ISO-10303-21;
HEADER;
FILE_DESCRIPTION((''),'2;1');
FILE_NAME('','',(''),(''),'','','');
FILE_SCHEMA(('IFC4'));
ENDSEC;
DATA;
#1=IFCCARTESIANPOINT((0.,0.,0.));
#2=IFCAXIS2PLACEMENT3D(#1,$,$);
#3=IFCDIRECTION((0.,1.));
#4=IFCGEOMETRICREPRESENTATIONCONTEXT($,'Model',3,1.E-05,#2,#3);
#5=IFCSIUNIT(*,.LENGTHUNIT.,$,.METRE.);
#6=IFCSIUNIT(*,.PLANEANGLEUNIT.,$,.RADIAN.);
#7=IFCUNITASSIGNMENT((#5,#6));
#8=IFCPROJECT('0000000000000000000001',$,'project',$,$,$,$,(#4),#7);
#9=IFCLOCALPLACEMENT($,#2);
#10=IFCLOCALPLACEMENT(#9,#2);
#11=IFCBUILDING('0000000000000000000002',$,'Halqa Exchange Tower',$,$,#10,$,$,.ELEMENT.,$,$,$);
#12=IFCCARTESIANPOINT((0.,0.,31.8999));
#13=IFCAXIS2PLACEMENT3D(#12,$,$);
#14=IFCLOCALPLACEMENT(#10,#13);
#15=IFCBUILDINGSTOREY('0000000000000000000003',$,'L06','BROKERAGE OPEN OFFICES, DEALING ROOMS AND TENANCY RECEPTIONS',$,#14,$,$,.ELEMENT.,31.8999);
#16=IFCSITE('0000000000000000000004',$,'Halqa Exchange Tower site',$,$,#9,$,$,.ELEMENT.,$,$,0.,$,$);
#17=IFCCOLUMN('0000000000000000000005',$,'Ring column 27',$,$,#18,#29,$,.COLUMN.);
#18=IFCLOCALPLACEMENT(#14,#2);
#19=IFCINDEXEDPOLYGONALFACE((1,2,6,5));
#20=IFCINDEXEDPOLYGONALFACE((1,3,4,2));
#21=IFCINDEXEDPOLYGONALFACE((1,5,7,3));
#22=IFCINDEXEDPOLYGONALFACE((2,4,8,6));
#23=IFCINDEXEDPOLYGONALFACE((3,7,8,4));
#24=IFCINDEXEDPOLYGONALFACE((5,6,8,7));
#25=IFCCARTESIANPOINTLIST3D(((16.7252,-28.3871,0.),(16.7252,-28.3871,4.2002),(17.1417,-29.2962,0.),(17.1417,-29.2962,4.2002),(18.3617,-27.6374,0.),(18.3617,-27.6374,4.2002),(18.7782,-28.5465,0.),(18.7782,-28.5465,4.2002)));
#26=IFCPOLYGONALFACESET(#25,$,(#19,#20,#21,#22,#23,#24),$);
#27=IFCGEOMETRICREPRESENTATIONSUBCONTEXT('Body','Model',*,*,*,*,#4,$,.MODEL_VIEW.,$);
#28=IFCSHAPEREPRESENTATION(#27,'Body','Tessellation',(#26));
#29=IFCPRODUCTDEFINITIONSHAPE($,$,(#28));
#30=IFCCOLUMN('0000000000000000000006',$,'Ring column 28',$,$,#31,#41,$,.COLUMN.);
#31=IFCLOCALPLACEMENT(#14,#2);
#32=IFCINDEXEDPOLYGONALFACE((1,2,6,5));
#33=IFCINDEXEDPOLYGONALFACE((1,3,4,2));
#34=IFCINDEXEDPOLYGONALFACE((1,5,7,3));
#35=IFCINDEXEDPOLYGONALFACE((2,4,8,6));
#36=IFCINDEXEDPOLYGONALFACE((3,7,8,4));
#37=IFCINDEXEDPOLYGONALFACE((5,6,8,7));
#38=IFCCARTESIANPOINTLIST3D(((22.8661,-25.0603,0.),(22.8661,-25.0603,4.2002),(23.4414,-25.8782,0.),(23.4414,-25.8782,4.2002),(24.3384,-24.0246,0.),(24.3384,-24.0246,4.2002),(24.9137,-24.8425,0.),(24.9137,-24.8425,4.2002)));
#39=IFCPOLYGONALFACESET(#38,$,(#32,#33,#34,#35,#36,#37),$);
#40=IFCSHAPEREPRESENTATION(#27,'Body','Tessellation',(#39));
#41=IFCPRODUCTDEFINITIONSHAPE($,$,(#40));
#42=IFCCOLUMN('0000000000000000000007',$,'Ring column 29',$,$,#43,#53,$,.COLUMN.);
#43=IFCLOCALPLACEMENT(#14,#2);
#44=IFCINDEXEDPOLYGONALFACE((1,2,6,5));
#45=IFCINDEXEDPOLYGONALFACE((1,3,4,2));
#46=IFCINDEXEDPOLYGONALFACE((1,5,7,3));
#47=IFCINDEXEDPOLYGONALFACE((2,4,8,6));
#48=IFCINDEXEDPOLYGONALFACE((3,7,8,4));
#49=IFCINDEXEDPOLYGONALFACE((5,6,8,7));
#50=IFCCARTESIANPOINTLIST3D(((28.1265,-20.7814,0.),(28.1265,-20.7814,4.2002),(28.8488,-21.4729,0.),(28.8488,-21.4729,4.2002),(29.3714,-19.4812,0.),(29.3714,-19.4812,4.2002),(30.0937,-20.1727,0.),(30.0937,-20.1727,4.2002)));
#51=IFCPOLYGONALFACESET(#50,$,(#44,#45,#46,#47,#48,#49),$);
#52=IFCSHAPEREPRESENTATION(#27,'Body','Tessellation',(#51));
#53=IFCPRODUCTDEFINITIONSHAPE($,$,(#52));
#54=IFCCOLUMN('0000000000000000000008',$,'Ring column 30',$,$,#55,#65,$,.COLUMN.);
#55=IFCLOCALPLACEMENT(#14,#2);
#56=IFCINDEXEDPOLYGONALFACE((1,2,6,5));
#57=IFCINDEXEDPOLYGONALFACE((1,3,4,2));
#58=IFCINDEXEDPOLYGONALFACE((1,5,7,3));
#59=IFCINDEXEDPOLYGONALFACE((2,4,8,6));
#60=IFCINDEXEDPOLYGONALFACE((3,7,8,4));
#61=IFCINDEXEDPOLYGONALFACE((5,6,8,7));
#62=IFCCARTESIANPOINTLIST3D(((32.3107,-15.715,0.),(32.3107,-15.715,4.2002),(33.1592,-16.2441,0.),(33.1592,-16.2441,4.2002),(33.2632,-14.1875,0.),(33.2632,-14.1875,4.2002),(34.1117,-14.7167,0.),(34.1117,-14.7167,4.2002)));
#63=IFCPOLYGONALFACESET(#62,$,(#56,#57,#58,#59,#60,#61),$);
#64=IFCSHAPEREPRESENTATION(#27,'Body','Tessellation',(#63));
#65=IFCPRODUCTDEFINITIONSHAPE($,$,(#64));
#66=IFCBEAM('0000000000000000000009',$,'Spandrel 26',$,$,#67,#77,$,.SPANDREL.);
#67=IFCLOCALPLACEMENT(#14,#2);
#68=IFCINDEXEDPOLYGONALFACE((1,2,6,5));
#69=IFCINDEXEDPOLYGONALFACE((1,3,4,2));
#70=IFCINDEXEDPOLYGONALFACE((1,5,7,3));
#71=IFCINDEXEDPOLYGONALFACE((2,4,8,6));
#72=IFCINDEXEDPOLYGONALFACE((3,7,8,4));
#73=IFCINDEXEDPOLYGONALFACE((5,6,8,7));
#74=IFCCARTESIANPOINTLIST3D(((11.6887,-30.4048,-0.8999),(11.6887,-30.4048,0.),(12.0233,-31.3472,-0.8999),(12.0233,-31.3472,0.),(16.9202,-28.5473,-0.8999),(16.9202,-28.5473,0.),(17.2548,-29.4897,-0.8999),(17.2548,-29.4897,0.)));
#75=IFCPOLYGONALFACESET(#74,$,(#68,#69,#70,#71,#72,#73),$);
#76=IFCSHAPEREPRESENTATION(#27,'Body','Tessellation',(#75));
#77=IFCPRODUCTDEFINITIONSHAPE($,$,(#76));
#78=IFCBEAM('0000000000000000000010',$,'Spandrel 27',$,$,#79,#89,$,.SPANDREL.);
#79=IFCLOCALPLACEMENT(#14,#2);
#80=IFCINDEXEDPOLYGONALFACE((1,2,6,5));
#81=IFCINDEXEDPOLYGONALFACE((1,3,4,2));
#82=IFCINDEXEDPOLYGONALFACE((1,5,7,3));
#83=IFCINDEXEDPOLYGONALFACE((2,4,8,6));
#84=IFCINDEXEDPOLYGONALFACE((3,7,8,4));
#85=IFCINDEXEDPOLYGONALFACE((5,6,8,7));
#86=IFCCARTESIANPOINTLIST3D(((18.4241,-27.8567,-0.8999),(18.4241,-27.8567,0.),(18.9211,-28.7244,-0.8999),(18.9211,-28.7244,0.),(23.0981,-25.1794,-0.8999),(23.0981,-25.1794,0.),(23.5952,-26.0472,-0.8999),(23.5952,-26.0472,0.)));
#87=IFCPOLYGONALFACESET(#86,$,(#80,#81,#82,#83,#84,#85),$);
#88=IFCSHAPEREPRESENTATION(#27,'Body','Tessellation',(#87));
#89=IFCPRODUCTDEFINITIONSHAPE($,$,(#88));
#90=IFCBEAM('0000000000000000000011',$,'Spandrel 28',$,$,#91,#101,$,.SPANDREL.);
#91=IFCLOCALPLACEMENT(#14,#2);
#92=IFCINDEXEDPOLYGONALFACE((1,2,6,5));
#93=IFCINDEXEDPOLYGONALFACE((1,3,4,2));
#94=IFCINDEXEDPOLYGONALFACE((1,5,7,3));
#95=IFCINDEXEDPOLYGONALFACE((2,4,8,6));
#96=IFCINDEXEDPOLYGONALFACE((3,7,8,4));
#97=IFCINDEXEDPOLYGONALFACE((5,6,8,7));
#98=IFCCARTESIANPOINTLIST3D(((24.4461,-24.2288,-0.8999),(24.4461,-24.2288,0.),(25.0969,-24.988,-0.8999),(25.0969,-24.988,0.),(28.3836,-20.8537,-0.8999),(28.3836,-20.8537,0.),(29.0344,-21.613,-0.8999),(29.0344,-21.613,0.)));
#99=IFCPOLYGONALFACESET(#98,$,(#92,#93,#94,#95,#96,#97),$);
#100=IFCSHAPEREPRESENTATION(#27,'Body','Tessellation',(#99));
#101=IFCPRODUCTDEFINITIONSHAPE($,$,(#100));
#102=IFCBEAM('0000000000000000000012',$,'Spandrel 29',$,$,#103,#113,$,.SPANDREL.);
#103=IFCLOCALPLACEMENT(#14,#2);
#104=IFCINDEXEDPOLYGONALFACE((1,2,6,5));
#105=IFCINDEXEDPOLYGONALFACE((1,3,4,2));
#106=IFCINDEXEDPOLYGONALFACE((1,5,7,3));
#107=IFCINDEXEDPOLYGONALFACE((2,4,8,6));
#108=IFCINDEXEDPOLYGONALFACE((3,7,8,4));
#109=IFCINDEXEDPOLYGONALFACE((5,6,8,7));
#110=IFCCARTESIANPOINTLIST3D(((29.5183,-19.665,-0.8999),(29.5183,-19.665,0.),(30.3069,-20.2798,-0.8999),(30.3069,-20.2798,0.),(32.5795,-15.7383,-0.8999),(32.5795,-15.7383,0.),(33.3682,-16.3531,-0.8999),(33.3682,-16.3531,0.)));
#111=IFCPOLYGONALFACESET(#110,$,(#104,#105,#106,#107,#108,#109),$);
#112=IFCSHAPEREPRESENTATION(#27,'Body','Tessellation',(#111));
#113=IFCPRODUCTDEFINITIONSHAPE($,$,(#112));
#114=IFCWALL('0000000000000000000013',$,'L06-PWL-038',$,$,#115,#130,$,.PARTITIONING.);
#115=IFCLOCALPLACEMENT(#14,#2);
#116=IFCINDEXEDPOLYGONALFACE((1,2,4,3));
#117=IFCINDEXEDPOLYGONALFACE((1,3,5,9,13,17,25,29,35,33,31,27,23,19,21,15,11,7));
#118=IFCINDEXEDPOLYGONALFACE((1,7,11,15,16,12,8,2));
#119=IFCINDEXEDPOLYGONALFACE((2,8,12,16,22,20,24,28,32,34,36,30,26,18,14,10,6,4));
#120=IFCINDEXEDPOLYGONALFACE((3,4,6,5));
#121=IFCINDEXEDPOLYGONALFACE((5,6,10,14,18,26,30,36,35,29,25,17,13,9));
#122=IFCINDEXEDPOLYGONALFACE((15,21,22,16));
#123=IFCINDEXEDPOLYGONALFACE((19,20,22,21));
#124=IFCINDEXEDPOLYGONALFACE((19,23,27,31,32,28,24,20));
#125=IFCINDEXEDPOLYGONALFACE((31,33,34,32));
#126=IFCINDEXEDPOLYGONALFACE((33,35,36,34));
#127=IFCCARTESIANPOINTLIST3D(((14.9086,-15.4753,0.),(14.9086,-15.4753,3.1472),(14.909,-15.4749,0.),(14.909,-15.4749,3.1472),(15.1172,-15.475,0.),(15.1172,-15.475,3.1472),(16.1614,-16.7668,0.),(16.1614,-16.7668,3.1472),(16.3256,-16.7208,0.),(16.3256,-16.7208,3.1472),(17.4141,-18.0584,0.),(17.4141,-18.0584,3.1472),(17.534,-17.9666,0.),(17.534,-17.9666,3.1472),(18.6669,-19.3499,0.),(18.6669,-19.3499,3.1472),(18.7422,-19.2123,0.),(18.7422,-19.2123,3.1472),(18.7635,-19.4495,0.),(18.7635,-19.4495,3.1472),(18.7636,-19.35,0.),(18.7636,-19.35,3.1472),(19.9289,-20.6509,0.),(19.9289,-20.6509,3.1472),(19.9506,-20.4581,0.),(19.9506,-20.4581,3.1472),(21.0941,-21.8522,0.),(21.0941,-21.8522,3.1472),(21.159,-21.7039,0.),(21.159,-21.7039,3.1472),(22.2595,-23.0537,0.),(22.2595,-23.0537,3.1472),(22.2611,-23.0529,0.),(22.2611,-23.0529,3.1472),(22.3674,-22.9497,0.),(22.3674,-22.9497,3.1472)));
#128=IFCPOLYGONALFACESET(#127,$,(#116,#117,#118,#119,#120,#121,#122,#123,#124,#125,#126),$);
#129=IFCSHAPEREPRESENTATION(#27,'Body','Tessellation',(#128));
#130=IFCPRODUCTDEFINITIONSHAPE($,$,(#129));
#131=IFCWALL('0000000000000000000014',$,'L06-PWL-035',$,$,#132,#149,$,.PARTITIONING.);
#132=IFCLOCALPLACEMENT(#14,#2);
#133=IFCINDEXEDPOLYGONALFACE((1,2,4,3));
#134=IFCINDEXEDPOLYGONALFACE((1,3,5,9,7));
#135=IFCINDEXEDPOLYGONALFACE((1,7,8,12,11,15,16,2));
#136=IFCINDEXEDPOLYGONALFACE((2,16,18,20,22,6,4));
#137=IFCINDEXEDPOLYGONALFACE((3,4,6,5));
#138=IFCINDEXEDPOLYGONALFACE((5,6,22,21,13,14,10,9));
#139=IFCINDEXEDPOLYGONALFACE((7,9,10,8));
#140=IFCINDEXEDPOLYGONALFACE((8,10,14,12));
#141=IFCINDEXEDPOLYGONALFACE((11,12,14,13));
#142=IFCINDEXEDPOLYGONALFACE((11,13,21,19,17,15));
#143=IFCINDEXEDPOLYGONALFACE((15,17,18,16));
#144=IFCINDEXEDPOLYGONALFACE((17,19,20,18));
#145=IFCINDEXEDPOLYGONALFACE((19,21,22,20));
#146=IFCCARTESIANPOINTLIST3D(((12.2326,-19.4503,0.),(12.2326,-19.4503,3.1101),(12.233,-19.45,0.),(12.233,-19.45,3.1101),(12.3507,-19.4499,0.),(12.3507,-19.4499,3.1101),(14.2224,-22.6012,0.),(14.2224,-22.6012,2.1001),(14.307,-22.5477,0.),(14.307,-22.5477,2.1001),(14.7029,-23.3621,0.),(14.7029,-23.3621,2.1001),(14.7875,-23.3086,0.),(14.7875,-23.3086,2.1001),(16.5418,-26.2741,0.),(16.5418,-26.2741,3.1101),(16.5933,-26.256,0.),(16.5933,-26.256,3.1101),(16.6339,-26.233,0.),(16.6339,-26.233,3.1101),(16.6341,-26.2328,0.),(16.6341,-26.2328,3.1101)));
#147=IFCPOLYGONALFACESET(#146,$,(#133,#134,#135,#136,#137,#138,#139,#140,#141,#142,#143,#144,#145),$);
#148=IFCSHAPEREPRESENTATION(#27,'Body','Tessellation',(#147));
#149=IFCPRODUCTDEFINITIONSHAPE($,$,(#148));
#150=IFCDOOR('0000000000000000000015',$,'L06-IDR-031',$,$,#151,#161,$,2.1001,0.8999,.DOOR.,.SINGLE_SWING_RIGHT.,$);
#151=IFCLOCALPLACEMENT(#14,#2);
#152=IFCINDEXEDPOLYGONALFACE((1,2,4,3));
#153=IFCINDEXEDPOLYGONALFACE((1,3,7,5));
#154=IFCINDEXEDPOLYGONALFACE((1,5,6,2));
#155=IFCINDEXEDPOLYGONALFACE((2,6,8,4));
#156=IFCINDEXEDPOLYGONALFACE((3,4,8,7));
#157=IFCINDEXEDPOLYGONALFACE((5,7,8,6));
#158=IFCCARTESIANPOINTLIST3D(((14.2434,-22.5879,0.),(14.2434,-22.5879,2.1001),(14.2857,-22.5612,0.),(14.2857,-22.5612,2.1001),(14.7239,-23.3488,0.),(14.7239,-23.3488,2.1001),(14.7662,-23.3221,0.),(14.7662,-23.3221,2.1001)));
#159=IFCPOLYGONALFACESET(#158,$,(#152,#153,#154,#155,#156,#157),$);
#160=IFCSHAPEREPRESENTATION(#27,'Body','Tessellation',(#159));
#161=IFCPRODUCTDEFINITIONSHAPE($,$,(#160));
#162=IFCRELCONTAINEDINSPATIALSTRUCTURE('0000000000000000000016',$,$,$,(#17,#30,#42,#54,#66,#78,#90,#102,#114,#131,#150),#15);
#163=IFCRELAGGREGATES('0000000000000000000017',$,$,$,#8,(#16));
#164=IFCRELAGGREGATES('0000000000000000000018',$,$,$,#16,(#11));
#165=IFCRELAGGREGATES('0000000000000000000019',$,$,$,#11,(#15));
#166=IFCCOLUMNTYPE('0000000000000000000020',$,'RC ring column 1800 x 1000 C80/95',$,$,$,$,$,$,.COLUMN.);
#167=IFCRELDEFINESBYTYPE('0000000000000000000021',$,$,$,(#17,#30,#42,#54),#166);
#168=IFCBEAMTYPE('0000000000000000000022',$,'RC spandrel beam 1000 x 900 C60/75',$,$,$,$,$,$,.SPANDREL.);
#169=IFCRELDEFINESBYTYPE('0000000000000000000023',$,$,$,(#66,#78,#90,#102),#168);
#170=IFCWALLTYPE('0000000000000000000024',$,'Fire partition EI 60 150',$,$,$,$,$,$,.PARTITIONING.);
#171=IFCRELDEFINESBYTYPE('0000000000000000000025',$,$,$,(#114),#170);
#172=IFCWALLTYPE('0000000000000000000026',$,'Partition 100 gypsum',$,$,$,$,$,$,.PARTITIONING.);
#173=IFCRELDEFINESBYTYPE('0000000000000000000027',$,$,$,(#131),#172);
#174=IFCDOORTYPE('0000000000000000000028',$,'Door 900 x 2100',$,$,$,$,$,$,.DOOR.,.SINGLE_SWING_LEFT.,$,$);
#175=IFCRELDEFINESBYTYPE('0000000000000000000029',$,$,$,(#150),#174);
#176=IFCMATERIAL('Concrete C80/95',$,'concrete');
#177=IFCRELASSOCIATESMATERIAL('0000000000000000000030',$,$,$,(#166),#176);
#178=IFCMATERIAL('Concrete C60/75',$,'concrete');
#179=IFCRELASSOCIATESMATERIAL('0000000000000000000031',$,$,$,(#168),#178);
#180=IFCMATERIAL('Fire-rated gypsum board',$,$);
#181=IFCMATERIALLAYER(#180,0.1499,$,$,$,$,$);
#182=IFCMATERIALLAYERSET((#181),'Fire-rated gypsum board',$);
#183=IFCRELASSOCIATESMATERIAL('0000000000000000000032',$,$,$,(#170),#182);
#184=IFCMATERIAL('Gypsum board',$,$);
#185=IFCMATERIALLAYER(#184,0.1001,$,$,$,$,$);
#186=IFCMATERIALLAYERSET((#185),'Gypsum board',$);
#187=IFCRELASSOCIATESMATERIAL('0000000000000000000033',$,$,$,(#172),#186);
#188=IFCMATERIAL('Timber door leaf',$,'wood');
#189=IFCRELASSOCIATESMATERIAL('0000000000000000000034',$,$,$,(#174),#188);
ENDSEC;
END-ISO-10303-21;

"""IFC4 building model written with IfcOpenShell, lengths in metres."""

from ifc_helpers import new_model, si_unit, direction, frame, frame_2d, origin, origin_2d, place, context, subcontext, project, spatial, polyline, rectangle, outline, extrude, material, layer, layer_set, material_profile, profile_set, type_object, element, fill, save


model = new_model("IFC4")

# Units and contexts
model_context = context("Model", 3, precision=1e-05, world=origin(), true_north=direction((0.0, 1.0)))
body_context = subcontext(model_context, "Body", "Model", "MODEL_VIEW")
ifc_project = project(units=[si_unit("LENGTHUNIT", "METRE"), si_unit("PLANEANGLEUNIT", "RADIAN")], contexts=[model_context])

# Site, building, storey
site_placement = place(None, origin())
site = spatial("IfcSite", under=ifc_project, at=site_placement, Name="Halqa Exchange Tower site", CompositionType="ELEMENT", RefElevation=0.0)
building_placement = place(site_placement, origin())
building = spatial("IfcBuilding", under=site, at=building_placement, Name="Halqa Exchange Tower", CompositionType="ELEMENT")
storey_placement = place(building_placement, frame((0.0, 0.0, 31.8999)))
storey = spatial("IfcBuildingStorey", under=building, at=storey_placement, Name="L06", Description="BROKERAGE OPEN OFFICES, DEALING ROOMS AND TENANCY RECEPTIONS", CompositionType="ELEMENT", Elevation=31.8999)

# Columns
ifc_material_1 = material(Name="Concrete C80/95", Category="concrete")
ifc_material_profile_1 = material_profile(ifc_material_1, rectangle(XDim=1.8, YDim=1.0, at=origin_2d()), Name="1800 x 1000")
ifc_profile_set_1 = profile_set([ifc_material_profile_1], Name="Concrete C80/95")
column_type = type_object("IfcColumnType", Name="RC ring column 1800 x 1000 C80/95", PredefinedType="COLUMN", material=ifc_profile_set_1)
for number, where, z_axis, x_axis, name in (
    (1, (17.7517, -28.4668, 0.0), (0.0, 0.0, 1.0), (0.909128, 0.416517, 0.0), "Ring column 27"),
    (2, (23.8899, -24.9514, 0.0), (0.0, 0.0, 1.0), (0.817912, 0.575344, 0.0), "Ring column 28"),
    (3, (29.1101, -20.4771, 0.0), (0.0, 0.0, 1.0), (0.691575, 0.722305, 0.0), "Ring column 29"),
    (4, (33.2112, -15.2158, 0.0), (0.0, 0.0, 1.0), (0.529142, 0.848533, 0.0), "Ring column 30"),
):
    element("IfcColumn", number, at=place(storey_placement, frame(where, z_axis=z_axis, x_axis=x_axis)), inside=storey, type_object=column_type, Name=name, PredefinedType="COLUMN", context=body_context, shape_type="SweptSolid", body=[
        extrude(rectangle(XDim=1.8, YDim=1.0, at=origin_2d()), origin(), (0.0, 0.0, 1.0), 4.2002),
    ])

# Beams
ifc_material_2 = material(Name="Concrete C60/75", Category="concrete")
ifc_material_profile_2 = material_profile(ifc_material_2, rectangle(XDim=1.0, YDim=0.8999, at=origin_2d()), Name="1000 x 900")
ifc_profile_set_2 = profile_set([ifc_material_profile_2], Name="Concrete C60/75")
beam_type = type_object("IfcBeamType", Name="RC spandrel beam 1000 x 900 C60/75", PredefinedType="SPANDREL", material=ifc_profile_set_2)
beam_1_placement = place(storey_placement, frame((11.856, -30.876, -0.45), z_axis=(0.942365, 0.334586, 0.0), x_axis=(-0.334586, 0.942365, 0.0)))
element("IfcBeam", 5, at=beam_1_placement, inside=storey, type_object=beam_type, Name="Spandrel 26", PredefinedType="SPANDREL", context=body_context, shape_type="SweptSolid", body=[
    extrude(rectangle(XDim=1.0, YDim=0.8999, at=origin_2d()), origin(), (0.0, 0.0, 1.0), 5.5515),
])
beam_2_placement = place(storey_placement, frame((18.6726, -28.2905, -0.45), z_axis=(0.867735, 0.497027, 0.0), x_axis=(-0.497027, 0.867735, 0.0)))
element("IfcBeam", 6, at=beam_2_placement, inside=storey, type_object=beam_type, Name="Spandrel 27", PredefinedType="SPANDREL", context=body_context, shape_type="SweptSolid", body=[
    extrude(rectangle(XDim=1.0, YDim=0.8999, at=origin_2d()), origin(), (0.0, 0.0, 1.0), 5.3865),
])
beam_3_placement = place(storey_placement, frame((24.7715, -24.6084, -0.45), z_axis=(0.759257, 0.650791, 0.0), x_axis=(-0.650791, 0.759257, 0.0)))
element("IfcBeam", 7, at=beam_3_placement, inside=storey, type_object=beam_type, Name="Spandrel 28", PredefinedType="SPANDREL", context=body_context, shape_type="SweptSolid", body=[
    extrude(rectangle(XDim=1.0, YDim=0.8999, at=origin_2d()), origin(), (0.0, 0.0, 1.0), 5.186),
])
beam_4_placement = place(storey_placement, frame((29.9126, -19.9724, -0.45), z_axis=(0.614833, 0.788657, 0.0), x_axis=(-0.788657, 0.614833, 0.0)))
element("IfcBeam", 8, at=beam_4_placement, inside=storey, type_object=beam_type, Name="Spandrel 29", PredefinedType="SPANDREL", context=body_context, shape_type="SweptSolid", body=[
    extrude(rectangle(XDim=1.0, YDim=0.8999, at=origin_2d()), origin(), (0.0, 0.0, 1.0), 4.979),
])

# Wall
ifc_material_3 = material(Name="Fire-rated gypsum board")
ifc_layer_1 = layer(ifc_material_3, 0.1499)
ifc_layer_set_1 = layer_set([ifc_layer_1], Name="Fire-rated gypsum board")
wall_type_1 = type_object("IfcWallType", Name="Fire partition EI 60 150", PredefinedType="PARTITIONING", material=ifc_layer_set_1)
wall_1_placement = place(storey_placement, frame((14.9624, -15.4231, 0.0), z_axis=(0.0, 0.0, 1.0), x_axis=(0.696249, -0.7178, 0.0)))
element("IfcWall", 9, at=wall_1_placement, inside=storey, type_object=wall_type_1, Name="L06-PWL-038", PredefinedType="PARTITIONING", context=body_context, shape_type="SweptSolid", body=[
    extrude(outline(polyline([(0.0, -0.075), (1.7993, -0.075), (3.5986, -0.075), (5.3979, -0.075), (5.4653, -0.0056), (5.5366, -0.075), (7.2104, -0.075), (8.884, -0.075), (10.5579, -0.075), (10.5583, -0.0732), (10.5583, 0.075), (8.8228, 0.075), (7.0872, 0.075), (5.3516, 0.075), (3.6162, 0.075), (1.8806, 0.075), (0.145, 0.075), (0.0, -0.0745), (0.0, -0.075)])), origin(), (0.0, 0.0, 1.0), 3.1472),
])

# Wall, opening, door
ifc_material_4 = material(Name="Gypsum board")
ifc_layer_2 = layer(ifc_material_4, 0.1001)
ifc_layer_set_2 = layer_set([ifc_layer_2], Name="Gypsum board")
wall_type_2 = type_object("IfcWallType", Name="Partition 100 gypsum", PredefinedType="PARTITIONING", material=ifc_layer_set_2)
wall_2_placement = place(storey_placement, frame((12.2749, -19.4236, 0.0), z_axis=(0.0, 0.0, 1.0), x_axis=(0.533945, -0.845519, 0.0)))
wall_2 = element("IfcWall", 10, at=wall_2_placement, inside=storey, type_object=wall_type_2, Name="L06-PWL-035", PredefinedType="PARTITIONING", context=body_context, shape_type="SweptSolid", body=[
    extrude(outline(polyline([(0.0, -0.05), (1.614, -0.05), (3.2283, -0.05), (4.8423, -0.05), (6.4563, -0.05), (8.0706, -0.05), (8.0828, 0.0032), (8.085, 0.0498), (8.085, 0.05), (6.4805, 0.05), (4.8762, 0.05), (3.2717, 0.05), (1.6672, 0.05), (0.0627, 0.05), (0.0, -0.0496), (0.0, -0.05)])), origin(), (0.0, 0.0, 1.0), 3.1101),
])
opening_1_placement = place(wall_2_placement, frame((3.7266, 0.0, 0.0)))
opening_1 = element("IfcOpeningElement", 11, at=opening_1_placement, cuts=wall_2, PredefinedType="OPENING", context=body_context, shape_type="SweptSolid", body=[
    extrude(rectangle(XDim=0.8999, YDim=2.1001, at=frame_2d((0.45, 1.05))), frame((0.0, 0.062, 0.0), z_axis=(0.0, -1.0, 0.0), x_axis=(1.0, 0.0, 0.0)), (0.0, 0.0, 1.0), 0.124),
])
ifc_material_5 = material(Name="Timber door leaf", Category="wood")
door_type_1 = type_object("IfcDoorType", Name="Door 900 x 2100", OperationType="SINGLE_SWING_LEFT", PredefinedType="DOOR", material=ifc_material_5)
door_1_placement = place(opening_1_placement, origin())
door_1 = element("IfcDoor", 12, at=door_1_placement, inside=storey, type_object=door_type_1, Name="L06-IDR-031", OperationType="SINGLE_SWING_RIGHT", OverallHeight=2.1001, OverallWidth=0.8999, PredefinedType="DOOR", context=body_context, shape_type="SweptSolid", body=[
    extrude(rectangle(XDim=0.8999, YDim=2.1001, at=frame_2d((0.45, 1.05))), frame((0.0, 0.0249, 0.0), z_axis=(0.0, -1.0, 0.0), x_axis=(1.0, 0.0, 0.0)), (0.0, 0.0, 1.0), 0.05),
])
fill(opening_1, door_1)

save(model, "model.ifc")
